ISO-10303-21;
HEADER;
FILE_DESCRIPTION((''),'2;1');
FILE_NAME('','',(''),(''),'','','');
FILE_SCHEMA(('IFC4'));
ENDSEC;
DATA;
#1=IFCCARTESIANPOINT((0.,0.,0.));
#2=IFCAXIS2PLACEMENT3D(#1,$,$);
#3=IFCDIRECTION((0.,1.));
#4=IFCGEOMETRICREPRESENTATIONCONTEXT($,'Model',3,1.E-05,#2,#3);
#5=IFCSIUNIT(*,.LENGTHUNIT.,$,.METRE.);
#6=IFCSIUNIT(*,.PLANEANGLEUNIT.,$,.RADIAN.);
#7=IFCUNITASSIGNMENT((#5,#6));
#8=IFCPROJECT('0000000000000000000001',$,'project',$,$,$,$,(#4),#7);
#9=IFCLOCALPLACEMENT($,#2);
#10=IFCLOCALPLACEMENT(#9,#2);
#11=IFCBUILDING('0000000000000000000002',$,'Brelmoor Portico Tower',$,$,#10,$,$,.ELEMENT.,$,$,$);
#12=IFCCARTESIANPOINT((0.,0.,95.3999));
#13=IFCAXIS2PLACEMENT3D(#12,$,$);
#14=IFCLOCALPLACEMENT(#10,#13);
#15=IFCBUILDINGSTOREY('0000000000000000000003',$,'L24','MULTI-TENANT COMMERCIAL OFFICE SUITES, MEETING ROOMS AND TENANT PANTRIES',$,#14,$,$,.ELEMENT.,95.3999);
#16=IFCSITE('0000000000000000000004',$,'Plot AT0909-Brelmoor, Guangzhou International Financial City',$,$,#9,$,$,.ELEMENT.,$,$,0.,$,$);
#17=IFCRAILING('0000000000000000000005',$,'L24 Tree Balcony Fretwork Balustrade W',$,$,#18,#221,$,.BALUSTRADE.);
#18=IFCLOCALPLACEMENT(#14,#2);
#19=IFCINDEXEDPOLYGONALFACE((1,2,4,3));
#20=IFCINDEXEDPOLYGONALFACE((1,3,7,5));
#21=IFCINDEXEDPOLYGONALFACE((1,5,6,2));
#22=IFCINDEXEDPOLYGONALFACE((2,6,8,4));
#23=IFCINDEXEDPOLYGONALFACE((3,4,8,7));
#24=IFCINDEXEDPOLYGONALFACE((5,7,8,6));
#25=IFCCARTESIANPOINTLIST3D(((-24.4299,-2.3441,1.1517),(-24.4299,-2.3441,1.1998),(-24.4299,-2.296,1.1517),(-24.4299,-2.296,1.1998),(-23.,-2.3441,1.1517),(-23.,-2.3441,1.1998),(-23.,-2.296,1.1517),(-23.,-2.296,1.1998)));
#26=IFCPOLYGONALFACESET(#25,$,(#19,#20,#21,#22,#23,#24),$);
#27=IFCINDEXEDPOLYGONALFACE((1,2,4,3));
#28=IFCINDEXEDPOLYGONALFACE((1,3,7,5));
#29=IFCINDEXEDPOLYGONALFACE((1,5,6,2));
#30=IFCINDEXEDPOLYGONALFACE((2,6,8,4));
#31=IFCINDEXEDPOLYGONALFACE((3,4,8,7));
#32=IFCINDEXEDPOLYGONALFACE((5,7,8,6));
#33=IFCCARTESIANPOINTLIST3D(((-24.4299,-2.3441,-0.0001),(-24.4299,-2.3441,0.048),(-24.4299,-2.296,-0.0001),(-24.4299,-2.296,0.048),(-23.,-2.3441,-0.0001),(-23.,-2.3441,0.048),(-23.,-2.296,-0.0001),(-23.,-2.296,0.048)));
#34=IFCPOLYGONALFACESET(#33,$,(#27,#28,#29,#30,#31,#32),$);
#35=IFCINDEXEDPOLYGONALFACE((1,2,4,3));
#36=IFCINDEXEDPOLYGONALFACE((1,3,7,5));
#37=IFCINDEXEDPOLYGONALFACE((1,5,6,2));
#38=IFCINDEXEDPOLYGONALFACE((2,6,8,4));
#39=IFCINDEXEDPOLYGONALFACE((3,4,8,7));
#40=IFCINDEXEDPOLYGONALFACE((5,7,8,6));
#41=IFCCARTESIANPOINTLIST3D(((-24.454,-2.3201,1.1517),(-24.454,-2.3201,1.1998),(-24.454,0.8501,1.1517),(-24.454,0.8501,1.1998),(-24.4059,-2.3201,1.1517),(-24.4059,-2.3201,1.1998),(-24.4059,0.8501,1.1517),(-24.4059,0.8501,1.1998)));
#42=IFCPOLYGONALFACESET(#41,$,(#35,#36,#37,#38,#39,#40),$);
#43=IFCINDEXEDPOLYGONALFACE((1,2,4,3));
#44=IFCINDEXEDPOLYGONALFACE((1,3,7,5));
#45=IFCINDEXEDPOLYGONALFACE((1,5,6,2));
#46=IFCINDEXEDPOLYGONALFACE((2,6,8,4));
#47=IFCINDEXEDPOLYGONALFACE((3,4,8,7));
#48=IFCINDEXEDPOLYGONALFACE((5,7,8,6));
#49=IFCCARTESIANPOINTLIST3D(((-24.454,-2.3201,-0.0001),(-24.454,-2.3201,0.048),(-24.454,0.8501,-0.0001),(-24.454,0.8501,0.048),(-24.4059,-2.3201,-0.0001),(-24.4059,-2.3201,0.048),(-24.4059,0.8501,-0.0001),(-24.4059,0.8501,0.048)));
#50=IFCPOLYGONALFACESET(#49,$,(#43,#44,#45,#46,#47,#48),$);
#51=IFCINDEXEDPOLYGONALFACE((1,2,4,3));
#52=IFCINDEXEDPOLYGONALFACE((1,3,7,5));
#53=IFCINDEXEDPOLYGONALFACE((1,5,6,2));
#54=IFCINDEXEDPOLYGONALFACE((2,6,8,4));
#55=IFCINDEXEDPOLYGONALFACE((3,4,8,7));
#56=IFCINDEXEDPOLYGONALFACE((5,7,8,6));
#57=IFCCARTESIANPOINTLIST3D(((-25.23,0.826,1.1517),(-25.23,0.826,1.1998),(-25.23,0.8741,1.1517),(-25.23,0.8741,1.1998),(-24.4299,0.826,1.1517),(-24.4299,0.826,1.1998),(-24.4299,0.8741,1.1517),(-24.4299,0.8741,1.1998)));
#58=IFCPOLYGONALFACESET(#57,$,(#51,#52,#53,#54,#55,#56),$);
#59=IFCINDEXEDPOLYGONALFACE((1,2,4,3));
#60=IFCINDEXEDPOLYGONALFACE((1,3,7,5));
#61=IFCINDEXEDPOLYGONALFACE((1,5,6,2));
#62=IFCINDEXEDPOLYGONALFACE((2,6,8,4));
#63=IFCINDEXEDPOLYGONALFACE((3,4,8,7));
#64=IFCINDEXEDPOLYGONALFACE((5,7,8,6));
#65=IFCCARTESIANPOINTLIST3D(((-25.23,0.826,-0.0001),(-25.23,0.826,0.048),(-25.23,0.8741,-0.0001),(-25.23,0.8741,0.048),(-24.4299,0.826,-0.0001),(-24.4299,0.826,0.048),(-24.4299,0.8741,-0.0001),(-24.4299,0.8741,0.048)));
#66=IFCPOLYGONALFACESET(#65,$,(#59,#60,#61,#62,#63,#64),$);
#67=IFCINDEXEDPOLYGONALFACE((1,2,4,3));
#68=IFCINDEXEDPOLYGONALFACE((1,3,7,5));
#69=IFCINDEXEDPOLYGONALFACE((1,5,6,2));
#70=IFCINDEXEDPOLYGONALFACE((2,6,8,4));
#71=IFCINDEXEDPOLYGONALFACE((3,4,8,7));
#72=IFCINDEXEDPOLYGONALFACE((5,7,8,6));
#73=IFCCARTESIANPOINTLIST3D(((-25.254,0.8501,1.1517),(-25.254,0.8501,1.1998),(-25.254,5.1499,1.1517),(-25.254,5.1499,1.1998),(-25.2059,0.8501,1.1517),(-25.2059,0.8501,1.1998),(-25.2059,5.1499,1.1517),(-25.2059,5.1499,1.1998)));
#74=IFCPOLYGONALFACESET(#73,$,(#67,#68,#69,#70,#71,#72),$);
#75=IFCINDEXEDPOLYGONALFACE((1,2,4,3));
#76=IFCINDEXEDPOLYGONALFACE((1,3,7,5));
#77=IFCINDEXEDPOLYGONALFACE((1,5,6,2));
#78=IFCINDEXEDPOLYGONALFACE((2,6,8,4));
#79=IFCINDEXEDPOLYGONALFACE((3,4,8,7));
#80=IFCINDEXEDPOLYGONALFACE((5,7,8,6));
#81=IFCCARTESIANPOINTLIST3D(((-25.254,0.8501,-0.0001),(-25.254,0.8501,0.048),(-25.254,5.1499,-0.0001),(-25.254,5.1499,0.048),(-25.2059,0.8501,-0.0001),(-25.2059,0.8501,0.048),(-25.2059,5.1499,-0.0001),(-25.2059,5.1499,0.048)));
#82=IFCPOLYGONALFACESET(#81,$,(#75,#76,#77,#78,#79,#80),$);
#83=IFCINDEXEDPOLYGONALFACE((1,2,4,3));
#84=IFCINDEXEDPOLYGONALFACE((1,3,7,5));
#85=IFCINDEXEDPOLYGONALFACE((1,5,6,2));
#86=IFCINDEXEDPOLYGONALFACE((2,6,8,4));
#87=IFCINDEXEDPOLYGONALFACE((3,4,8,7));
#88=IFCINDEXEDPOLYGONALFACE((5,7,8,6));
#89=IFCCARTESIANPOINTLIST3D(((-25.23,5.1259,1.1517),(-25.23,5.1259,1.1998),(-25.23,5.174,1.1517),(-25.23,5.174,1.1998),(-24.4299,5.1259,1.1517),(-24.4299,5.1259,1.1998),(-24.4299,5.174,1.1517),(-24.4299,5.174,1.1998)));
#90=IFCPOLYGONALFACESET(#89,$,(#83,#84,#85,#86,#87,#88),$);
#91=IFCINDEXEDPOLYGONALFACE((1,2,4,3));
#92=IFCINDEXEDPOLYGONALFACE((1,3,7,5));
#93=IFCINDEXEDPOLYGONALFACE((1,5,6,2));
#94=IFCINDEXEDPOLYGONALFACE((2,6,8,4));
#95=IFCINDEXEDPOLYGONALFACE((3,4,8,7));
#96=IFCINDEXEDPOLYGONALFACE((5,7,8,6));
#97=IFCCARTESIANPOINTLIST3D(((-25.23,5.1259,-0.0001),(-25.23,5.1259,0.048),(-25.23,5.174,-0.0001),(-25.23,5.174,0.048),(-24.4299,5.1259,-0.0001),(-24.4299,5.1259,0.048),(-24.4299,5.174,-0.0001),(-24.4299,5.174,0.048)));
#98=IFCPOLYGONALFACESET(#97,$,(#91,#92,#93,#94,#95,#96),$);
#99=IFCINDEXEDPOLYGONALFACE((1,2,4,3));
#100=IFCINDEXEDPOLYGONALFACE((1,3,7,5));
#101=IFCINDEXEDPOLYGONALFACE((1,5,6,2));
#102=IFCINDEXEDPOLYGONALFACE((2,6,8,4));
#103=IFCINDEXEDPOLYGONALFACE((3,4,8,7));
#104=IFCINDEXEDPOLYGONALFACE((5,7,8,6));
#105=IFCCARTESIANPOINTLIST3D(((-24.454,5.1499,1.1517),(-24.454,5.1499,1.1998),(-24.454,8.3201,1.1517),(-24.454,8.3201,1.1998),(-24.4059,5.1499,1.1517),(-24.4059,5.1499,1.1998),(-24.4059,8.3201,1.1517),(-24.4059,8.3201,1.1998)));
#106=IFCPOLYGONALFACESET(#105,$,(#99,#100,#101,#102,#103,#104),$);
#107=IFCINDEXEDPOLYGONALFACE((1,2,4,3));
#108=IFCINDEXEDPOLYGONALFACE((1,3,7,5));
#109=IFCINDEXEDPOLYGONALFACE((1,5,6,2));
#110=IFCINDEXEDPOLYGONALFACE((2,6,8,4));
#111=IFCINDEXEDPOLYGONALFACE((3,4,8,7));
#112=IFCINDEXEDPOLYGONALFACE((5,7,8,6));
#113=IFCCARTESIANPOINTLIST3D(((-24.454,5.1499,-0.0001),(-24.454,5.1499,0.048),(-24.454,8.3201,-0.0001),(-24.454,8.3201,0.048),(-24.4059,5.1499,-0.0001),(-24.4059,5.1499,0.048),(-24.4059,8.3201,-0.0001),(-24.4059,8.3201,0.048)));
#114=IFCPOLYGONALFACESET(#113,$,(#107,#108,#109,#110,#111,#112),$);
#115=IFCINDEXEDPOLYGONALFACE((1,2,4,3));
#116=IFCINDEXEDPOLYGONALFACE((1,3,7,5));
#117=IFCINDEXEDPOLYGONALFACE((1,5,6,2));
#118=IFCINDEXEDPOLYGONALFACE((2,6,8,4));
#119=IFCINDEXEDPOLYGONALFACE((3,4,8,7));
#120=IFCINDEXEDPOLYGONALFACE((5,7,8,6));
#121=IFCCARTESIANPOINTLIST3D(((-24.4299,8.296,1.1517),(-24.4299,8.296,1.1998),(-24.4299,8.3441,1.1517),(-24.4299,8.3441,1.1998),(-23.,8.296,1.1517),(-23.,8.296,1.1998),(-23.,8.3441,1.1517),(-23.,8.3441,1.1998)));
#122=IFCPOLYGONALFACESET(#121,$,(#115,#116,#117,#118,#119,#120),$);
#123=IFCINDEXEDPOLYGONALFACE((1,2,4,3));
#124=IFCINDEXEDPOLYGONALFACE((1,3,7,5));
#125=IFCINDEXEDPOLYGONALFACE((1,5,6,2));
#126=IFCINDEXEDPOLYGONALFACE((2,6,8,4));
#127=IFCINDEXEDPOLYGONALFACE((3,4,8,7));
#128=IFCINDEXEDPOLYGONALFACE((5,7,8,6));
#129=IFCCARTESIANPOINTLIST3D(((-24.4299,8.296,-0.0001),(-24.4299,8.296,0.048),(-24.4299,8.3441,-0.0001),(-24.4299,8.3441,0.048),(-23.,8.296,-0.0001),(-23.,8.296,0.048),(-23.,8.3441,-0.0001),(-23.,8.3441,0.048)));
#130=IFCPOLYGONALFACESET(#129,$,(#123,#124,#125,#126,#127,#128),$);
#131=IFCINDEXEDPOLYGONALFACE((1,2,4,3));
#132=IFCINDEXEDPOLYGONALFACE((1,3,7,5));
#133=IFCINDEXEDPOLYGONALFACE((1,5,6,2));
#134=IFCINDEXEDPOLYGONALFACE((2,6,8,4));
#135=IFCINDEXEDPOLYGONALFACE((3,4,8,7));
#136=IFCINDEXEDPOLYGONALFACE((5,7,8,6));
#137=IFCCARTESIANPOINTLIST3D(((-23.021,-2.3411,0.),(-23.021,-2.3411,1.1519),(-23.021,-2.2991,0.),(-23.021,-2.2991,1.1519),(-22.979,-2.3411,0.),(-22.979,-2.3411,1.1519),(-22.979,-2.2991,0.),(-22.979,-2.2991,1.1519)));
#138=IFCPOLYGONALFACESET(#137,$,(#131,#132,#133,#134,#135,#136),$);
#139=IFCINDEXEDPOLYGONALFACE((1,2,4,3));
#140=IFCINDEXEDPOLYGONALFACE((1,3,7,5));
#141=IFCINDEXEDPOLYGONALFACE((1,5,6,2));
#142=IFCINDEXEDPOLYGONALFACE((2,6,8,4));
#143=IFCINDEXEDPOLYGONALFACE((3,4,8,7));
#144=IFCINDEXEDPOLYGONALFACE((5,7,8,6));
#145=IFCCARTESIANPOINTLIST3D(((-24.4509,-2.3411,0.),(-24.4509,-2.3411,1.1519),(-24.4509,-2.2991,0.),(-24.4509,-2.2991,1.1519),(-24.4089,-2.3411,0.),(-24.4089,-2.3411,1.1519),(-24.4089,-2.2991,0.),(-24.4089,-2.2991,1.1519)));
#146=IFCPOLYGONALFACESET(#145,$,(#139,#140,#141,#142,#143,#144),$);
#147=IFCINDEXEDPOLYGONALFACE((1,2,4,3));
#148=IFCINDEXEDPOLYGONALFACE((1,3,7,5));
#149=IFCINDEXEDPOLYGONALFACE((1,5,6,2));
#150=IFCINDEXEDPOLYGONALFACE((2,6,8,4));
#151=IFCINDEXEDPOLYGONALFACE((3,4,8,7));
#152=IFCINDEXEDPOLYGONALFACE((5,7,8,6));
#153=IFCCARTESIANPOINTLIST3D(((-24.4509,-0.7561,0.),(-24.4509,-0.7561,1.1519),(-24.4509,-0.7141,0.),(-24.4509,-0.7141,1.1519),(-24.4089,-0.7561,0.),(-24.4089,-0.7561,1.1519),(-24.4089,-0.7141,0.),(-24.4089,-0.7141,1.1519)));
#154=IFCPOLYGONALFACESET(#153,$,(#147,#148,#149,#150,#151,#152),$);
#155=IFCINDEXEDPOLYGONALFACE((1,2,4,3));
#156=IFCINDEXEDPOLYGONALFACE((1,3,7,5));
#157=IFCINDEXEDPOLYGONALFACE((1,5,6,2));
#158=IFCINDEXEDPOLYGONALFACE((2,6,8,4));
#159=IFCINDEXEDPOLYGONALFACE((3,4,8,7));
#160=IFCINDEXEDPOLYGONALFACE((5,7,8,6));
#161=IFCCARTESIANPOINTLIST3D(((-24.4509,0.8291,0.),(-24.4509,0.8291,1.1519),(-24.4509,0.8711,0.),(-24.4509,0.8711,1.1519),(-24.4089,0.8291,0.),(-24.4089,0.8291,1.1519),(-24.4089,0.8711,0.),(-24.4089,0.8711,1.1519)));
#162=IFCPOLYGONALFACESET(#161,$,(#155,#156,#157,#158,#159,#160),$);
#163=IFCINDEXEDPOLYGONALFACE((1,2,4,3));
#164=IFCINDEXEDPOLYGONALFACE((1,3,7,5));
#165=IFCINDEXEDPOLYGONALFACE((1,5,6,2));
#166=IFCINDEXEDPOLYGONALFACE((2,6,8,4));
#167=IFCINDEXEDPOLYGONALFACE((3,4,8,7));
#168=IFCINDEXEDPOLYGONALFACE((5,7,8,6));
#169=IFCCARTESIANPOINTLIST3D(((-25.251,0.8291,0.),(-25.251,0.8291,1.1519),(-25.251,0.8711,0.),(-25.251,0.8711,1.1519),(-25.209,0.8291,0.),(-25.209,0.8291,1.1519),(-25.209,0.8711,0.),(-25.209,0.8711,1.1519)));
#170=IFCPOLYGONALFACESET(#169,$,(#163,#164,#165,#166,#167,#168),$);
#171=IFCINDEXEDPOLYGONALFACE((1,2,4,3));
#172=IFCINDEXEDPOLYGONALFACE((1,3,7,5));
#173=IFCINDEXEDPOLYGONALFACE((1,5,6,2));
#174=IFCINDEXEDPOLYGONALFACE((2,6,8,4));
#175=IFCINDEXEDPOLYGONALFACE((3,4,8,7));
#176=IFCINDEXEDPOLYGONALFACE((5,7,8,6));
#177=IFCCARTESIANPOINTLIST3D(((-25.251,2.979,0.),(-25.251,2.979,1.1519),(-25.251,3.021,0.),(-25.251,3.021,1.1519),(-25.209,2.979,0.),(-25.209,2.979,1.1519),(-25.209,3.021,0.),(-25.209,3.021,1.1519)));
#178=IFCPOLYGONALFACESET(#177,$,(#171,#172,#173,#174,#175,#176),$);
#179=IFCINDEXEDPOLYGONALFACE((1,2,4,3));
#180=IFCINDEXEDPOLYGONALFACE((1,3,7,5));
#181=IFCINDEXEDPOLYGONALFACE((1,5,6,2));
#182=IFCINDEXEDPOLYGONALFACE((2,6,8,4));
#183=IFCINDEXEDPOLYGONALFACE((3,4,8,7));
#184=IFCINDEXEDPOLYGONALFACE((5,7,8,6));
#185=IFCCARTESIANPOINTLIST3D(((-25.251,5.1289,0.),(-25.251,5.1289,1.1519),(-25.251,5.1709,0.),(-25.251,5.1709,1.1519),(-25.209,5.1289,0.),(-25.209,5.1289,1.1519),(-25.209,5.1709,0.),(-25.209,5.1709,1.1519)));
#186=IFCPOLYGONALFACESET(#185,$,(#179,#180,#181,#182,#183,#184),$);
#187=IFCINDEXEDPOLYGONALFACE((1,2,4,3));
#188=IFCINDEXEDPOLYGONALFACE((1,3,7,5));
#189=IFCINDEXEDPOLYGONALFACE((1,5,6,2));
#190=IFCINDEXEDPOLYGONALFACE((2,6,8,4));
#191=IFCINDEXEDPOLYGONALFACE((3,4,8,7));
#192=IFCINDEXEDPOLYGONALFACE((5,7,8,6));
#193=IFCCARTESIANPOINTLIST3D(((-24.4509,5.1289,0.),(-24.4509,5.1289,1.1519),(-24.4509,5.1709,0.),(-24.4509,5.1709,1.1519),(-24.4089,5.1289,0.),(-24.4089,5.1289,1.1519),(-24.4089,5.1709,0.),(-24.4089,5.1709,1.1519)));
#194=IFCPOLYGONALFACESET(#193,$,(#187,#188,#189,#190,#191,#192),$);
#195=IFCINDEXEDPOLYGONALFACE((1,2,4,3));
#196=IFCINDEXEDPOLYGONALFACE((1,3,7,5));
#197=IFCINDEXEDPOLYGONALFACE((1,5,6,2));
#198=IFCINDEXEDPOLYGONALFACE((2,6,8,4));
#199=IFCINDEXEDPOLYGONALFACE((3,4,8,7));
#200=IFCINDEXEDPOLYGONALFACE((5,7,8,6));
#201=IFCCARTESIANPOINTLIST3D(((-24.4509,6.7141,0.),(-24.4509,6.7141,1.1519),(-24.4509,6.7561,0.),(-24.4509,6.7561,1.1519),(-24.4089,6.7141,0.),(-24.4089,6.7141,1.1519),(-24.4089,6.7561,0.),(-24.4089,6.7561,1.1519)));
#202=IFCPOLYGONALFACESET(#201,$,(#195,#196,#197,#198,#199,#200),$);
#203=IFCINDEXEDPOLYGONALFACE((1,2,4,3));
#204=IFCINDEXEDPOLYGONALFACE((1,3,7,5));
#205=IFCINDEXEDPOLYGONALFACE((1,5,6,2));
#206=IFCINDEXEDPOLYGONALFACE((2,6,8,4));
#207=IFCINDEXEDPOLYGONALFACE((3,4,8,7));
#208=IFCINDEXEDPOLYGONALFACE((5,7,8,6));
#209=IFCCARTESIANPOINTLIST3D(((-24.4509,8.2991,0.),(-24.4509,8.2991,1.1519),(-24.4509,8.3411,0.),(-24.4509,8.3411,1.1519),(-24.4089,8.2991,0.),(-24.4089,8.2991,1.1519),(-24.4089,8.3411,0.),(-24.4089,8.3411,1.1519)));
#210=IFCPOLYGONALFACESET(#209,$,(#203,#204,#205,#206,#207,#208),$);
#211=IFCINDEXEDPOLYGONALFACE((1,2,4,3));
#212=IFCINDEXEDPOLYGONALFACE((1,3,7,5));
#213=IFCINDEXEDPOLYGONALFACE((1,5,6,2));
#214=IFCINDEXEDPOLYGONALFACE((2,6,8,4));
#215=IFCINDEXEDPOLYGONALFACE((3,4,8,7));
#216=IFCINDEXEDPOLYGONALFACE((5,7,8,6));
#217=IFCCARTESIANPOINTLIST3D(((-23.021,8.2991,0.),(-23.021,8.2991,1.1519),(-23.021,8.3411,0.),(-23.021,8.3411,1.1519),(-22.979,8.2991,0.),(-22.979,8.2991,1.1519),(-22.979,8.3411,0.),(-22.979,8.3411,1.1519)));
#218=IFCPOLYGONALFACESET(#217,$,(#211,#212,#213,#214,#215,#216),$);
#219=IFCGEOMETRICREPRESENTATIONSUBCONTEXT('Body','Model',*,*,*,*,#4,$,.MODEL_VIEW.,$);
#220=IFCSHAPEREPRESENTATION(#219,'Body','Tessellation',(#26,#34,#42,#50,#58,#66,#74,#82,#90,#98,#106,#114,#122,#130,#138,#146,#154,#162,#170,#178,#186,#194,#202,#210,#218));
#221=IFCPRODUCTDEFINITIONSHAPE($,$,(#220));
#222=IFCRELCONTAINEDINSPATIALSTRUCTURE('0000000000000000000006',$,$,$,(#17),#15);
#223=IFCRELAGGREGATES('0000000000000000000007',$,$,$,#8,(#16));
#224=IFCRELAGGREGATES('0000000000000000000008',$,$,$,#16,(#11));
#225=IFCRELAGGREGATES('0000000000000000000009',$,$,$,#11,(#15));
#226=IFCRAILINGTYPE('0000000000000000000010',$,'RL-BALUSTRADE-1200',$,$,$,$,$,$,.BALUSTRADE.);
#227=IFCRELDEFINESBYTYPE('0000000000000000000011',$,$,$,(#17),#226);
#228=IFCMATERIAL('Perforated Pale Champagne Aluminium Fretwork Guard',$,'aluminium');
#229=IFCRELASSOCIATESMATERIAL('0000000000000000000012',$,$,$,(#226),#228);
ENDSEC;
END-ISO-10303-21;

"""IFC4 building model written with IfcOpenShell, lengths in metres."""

from ifc_helpers import new_model, si_unit, direction, frame, origin, origin_2d, place, context, subcontext, project, spatial, rectangle, extrude, material, type_object, element, save


model = new_model("IFC4")

# Units and contexts
model_context = context("Model", 3, precision=1e-05, world=origin(), true_north=direction((0.0, 1.0)))
body_context = subcontext(model_context, "Body", "Model", "MODEL_VIEW")
ifc_project = project(units=[si_unit("LENGTHUNIT", "METRE"), si_unit("PLANEANGLEUNIT", "RADIAN")], contexts=[model_context])

# Site, building, storey
site_placement = place(None, origin())
site = spatial("IfcSite", under=ifc_project, at=site_placement, Name="Plot AT0909-Brelmoor, Guangzhou International Financial City", CompositionType="ELEMENT", RefElevation=0.0)
building_placement = place(site_placement, origin())
building = spatial("IfcBuilding", under=site, at=building_placement, Name="Brelmoor Portico Tower", CompositionType="ELEMENT")
storey_placement = place(building_placement, frame((0.0, 0.0, 95.3999)))
storey = spatial("IfcBuildingStorey", under=building, at=storey_placement, Name="L24", Description="MULTI-TENANT COMMERCIAL OFFICE SUITES, MEETING ROOMS AND TENANT PANTRIES", CompositionType="ELEMENT", Elevation=95.3999)

# Railing
ifc_material_1 = material(Name="Perforated Pale Champagne Aluminium Fretwork Guard", Category="aluminium")
railing_type = type_object("IfcRailingType", Name="RL-BALUSTRADE-1200", PredefinedType="BALUSTRADE", material=ifc_material_1)
railing_placement = place(storey_placement, frame((-23.0, -2.3201, 0.0)))
element("IfcRailing", 1, at=railing_placement, inside=storey, type_object=railing_type, Name="L24 Tree Balcony Fretwork Balustrade W", PredefinedType="BALUSTRADE", context=body_context, shape_type="SweptSolid", body=[
    extrude(rectangle(XDim=0.0481, YDim=0.0481, at=origin_2d()), frame((0.0, 0.0, 1.1758), z_axis=(-1.0, 0.0, 0.0), x_axis=(0.0, -1.0, 0.0)), (0.0, 0.0, 1.0), 1.4299),
    extrude(rectangle(XDim=0.0481, YDim=0.0481, at=origin_2d()), frame((0.0, 0.0, 0.0239), z_axis=(-1.0, 0.0, 0.0), x_axis=(0.0, -1.0, 0.0)), (0.0, 0.0, 1.0), 1.4299),
    extrude(rectangle(XDim=0.0481, YDim=0.0481, at=origin_2d()), frame((-1.4299, 0.0, 1.1758), z_axis=(0.0, 1.0, 0.0), x_axis=(-1.0, 0.0, 0.0)), (0.0, 0.0, 1.0), 3.1702),
    extrude(rectangle(XDim=0.0481, YDim=0.0481, at=origin_2d()), frame((-1.4299, 0.0, 0.0239), z_axis=(0.0, 1.0, 0.0), x_axis=(-1.0, 0.0, 0.0)), (0.0, 0.0, 1.0), 3.1702),
    extrude(rectangle(XDim=0.0481, YDim=0.0481, at=origin_2d()), frame((-1.4299, 3.1702, 1.1758), z_axis=(-1.0, 0.0, 0.0), x_axis=(0.0, -1.0, 0.0)), (0.0, 0.0, 1.0), 0.8),
    extrude(rectangle(XDim=0.0481, YDim=0.0481, at=origin_2d()), frame((-1.4299, 3.1702, 0.0239), z_axis=(-1.0, 0.0, 0.0), x_axis=(0.0, -1.0, 0.0)), (0.0, 0.0, 1.0), 0.8),
    extrude(rectangle(XDim=0.0481, YDim=0.0481, at=origin_2d()), frame((-2.23, 3.1702, 1.1758), z_axis=(0.0, 1.0, 0.0), x_axis=(-1.0, 0.0, 0.0)), (0.0, 0.0, 1.0), 4.2998),
    extrude(rectangle(XDim=0.0481, YDim=0.0481, at=origin_2d()), frame((-2.23, 3.1702, 0.0239), z_axis=(0.0, 1.0, 0.0), x_axis=(-1.0, 0.0, 0.0)), (0.0, 0.0, 1.0), 4.2998),
    extrude(rectangle(XDim=0.0481, YDim=0.0481, at=origin_2d()), frame((-2.23, 7.47, 1.1758), z_axis=(1.0, 0.0, 0.0), x_axis=(0.0, 1.0, 0.0)), (0.0, 0.0, 1.0), 0.8),
    extrude(rectangle(XDim=0.0481, YDim=0.0481, at=origin_2d()), frame((-2.23, 7.47, 0.0239), z_axis=(1.0, 0.0, 0.0), x_axis=(0.0, 1.0, 0.0)), (0.0, 0.0, 1.0), 0.8),
    extrude(rectangle(XDim=0.0481, YDim=0.0481, at=origin_2d()), frame((-1.4299, 7.47, 1.1758), z_axis=(0.0, 1.0, 0.0), x_axis=(-1.0, 0.0, 0.0)), (0.0, 0.0, 1.0), 3.1702),
    extrude(rectangle(XDim=0.0481, YDim=0.0481, at=origin_2d()), frame((-1.4299, 7.47, 0.0239), z_axis=(0.0, 1.0, 0.0), x_axis=(-1.0, 0.0, 0.0)), (0.0, 0.0, 1.0), 3.1702),
    extrude(rectangle(XDim=0.0481, YDim=0.0481, at=origin_2d()), frame((-1.4299, 10.6401, 1.1758), z_axis=(1.0, 0.0, 0.0), x_axis=(0.0, 1.0, 0.0)), (0.0, 0.0, 1.0), 1.4299),
    extrude(rectangle(XDim=0.0481, YDim=0.0481, at=origin_2d()), frame((-1.4299, 10.6401, 0.0239), z_axis=(1.0, 0.0, 0.0), x_axis=(0.0, 1.0, 0.0)), (0.0, 0.0, 1.0), 1.4299),
    extrude(rectangle(XDim=0.042, YDim=0.042, at=origin_2d()), origin(), (0.0, 0.0, 1.0), 1.1519),
    extrude(rectangle(XDim=0.042, YDim=0.042, at=origin_2d()), frame((-1.4299, 0.0, 0.0)), (0.0, 0.0, 1.0), 1.1519),
    extrude(rectangle(XDim=0.042, YDim=0.042, at=origin_2d()), frame((-1.4299, 1.585, 0.0)), (0.0, 0.0, 1.0), 1.1519),
    extrude(rectangle(XDim=0.042, YDim=0.042, at=origin_2d()), frame((-1.4299, 3.1702, 0.0)), (0.0, 0.0, 1.0), 1.1519),
    extrude(rectangle(XDim=0.042, YDim=0.042, at=origin_2d()), frame((-2.23, 3.1702, 0.0)), (0.0, 0.0, 1.0), 1.1519),
    extrude(rectangle(XDim=0.042, YDim=0.042, at=origin_2d()), frame((-2.23, 5.3201, 0.0)), (0.0, 0.0, 1.0), 1.1519),
    extrude(rectangle(XDim=0.042, YDim=0.042, at=origin_2d()), frame((-2.23, 7.47, 0.0)), (0.0, 0.0, 1.0), 1.1519),
    extrude(rectangle(XDim=0.042, YDim=0.042, at=origin_2d()), frame((-1.4299, 7.47, 0.0)), (0.0, 0.0, 1.0), 1.1519),
    extrude(rectangle(XDim=0.042, YDim=0.042, at=origin_2d()), frame((-1.4299, 9.0552, 0.0)), (0.0, 0.0, 1.0), 1.1519),
    extrude(rectangle(XDim=0.042, YDim=0.042, at=origin_2d()), frame((-1.4299, 10.6401, 0.0)), (0.0, 0.0, 1.0), 1.1519),
    extrude(rectangle(XDim=0.042, YDim=0.042, at=origin_2d()), frame((0.0, 10.6401, 0.0)), (0.0, 0.0, 1.0), 1.1519),
])

save(model, "model.ifc")
